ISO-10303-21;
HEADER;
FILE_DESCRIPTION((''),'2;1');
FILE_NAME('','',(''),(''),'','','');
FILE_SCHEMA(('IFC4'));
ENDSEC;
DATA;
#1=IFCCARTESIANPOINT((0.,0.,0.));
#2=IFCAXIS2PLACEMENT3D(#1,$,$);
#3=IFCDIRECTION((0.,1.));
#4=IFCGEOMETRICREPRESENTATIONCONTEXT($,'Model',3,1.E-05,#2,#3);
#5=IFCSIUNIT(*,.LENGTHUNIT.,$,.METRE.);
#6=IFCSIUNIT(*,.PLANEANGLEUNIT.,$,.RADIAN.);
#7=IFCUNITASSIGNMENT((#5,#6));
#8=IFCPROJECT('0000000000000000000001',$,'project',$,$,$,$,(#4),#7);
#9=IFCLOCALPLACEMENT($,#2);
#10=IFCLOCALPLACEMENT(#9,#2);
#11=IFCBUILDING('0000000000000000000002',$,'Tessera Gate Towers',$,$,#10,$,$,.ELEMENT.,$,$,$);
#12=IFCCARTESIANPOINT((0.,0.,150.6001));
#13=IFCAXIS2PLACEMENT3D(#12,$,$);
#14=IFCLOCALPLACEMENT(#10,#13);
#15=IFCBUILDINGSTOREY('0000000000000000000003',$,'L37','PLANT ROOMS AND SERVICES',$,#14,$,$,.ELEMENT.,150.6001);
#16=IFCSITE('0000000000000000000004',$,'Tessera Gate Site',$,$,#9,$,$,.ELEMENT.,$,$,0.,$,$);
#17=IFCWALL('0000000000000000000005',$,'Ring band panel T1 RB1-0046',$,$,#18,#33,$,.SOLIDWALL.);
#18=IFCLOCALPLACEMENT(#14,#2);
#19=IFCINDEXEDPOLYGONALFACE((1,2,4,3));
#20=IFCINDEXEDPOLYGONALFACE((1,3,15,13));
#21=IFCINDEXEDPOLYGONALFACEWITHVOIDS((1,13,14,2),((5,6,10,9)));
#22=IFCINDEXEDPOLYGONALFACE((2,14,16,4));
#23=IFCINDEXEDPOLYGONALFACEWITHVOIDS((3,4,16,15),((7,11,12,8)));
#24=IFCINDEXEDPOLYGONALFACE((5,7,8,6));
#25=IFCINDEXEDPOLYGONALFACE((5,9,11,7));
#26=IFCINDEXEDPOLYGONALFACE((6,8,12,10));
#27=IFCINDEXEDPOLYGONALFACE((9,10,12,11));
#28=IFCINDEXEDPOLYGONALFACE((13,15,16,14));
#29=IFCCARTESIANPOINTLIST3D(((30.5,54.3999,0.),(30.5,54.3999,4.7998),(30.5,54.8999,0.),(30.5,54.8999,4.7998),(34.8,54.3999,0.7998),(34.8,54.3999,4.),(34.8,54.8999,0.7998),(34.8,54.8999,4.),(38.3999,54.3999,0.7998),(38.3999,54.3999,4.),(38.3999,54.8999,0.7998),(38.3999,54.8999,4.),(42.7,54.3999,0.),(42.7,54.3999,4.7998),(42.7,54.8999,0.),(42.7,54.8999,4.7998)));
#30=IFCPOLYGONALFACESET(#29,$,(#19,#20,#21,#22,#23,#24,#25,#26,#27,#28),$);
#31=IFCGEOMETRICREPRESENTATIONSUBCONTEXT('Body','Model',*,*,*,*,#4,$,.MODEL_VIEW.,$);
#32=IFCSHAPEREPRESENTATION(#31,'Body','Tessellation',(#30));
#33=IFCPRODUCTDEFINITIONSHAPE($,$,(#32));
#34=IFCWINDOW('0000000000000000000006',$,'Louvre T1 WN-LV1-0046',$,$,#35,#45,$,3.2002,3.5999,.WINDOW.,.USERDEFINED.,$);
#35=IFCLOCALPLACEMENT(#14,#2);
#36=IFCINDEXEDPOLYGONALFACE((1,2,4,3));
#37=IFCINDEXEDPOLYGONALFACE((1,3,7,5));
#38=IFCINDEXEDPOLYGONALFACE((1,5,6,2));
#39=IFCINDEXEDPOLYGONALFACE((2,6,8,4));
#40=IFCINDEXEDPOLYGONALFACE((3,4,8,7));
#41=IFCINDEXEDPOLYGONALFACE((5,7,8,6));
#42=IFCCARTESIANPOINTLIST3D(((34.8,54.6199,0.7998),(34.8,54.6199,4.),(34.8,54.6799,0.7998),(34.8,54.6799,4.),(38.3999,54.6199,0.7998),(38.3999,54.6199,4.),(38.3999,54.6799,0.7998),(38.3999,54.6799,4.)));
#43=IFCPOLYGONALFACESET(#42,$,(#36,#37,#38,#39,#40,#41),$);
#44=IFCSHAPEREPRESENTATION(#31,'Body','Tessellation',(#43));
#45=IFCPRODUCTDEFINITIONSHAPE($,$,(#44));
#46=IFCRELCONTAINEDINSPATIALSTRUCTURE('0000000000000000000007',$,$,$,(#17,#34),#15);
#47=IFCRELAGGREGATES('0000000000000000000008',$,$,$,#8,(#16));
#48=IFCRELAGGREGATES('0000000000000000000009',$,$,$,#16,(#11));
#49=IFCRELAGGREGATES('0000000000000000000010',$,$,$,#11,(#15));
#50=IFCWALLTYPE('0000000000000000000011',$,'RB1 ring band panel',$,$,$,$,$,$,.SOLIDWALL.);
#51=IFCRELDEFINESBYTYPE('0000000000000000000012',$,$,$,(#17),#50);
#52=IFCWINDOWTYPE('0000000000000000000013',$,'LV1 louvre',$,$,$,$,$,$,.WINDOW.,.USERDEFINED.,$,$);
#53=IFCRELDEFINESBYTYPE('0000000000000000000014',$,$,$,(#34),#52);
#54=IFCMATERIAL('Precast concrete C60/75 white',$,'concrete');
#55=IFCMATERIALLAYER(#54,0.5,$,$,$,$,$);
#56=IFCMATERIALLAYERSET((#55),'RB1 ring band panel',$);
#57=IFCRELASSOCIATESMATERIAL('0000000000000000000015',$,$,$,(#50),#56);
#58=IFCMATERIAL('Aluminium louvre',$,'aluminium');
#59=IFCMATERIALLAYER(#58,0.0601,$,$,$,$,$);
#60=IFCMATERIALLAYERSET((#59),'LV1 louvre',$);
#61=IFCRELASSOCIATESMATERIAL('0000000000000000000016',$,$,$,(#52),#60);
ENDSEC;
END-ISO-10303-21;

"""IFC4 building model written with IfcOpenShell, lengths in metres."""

from ifc_helpers import new_model, si_unit, direction, frame, origin, place, context, subcontext, project, spatial, polyline, outline, extrude, source, transform, mapped, material, layer, layer_set, type_object, element, fill, save


model = new_model("IFC4")

# Units and contexts
model_context = context("Model", 3, precision=1e-05, world=origin(), true_north=direction((0.0, 1.0)))
body_context = subcontext(model_context, "Body", "Model", "MODEL_VIEW")
ifc_project = project(units=[si_unit("LENGTHUNIT", "METRE"), si_unit("PLANEANGLEUNIT", "RADIAN")], contexts=[model_context])

# Site, building, storey
site_placement = place(None, origin())
site = spatial("IfcSite", under=ifc_project, at=site_placement, Name="Tessera Gate Site", CompositionType="ELEMENT", RefElevation=0.0)
building_placement = place(site_placement, origin())
building = spatial("IfcBuilding", under=site, at=building_placement, Name="Tessera Gate Towers", CompositionType="ELEMENT")
storey_placement = place(building_placement, frame((0.0, 0.0, 150.6001)))
storey = spatial("IfcBuildingStorey", under=building, at=storey_placement, Name="L37", Description="PLANT ROOMS AND SERVICES", CompositionType="ELEMENT", Elevation=150.6001)

# Wall, opening, window
ifc_material_1 = material(Name="Precast concrete C60/75 white", Category="concrete")
ifc_layer_1 = layer(ifc_material_1, 0.5)
ifc_layer_set_1 = layer_set([ifc_layer_1], Name="RB1 ring band panel")
wall_type_1 = type_object("IfcWallType", Name="RB1 ring band panel", PredefinedType="SOLIDWALL", material=ifc_layer_set_1)
shared_shape_1 = source(origin(), body_context, "Body", "SweptSolid", [
    extrude(outline(polyline([(0.0, 0.0), (12.2, 0.0), (12.2, 4.7998), (0.0, 4.7998), (0.0, 0.0)])), frame((0.0, 0.25, 0.0), z_axis=(0.0, -1.0, 0.0), x_axis=(1.0, 0.0, 0.0)), (0.0, 0.0, 1.0), 0.5),
])
wall_1_placement = place(storey_placement, frame((42.7, 54.6499, 0.0), z_axis=(0.0, 0.0, 1.0), x_axis=(-1.0, 0.0, 0.0)))
wall_1 = element("IfcWall", 1, at=wall_1_placement, inside=storey, type_object=wall_type_1, Name="Ring band panel T1 RB1-0046", PredefinedType="SOLIDWALL", context=body_context, shape_type="MappedRepresentation", body=[
    mapped(shared_shape_1, transform((0.0, 0.0, 0.0), scale=1.0)),
])
shared_shape_2 = source(origin(), body_context, "Body", "SweptSolid", [
    extrude(outline(polyline([(4.3, 0.7998), (7.8999, 0.7998), (7.8999, 4.0), (4.3, 4.0), (4.3, 0.7998)])), frame((0.0, 0.26, 0.0), z_axis=(0.0, -1.0, 0.0), x_axis=(1.0, 0.0, 0.0)), (0.0, 0.0, 1.0), 0.52),
])
opening_1_placement = place(wall_1_placement, origin())
opening_1 = element("IfcOpeningElement", 2, at=opening_1_placement, cuts=wall_1, PredefinedType="OPENING", context=body_context, shape_type="MappedRepresentation", body=[
    mapped(shared_shape_2, transform((0.0, 0.0, 0.0), scale=1.0)),
])
ifc_material_2 = material(Name="Aluminium louvre", Category="aluminium")
ifc_layer_2 = layer(ifc_material_2, 0.0601)
ifc_layer_set_2 = layer_set([ifc_layer_2], Name="LV1 louvre")
window_type = type_object("IfcWindowType", Name="LV1 louvre", PartitioningType="USERDEFINED", PredefinedType="WINDOW", material=ifc_layer_set_2)
shared_shape_3 = source(origin(), body_context, "Body", "SweptSolid", [
    extrude(outline(polyline([(4.3, 0.7998), (7.8999, 0.7998), (7.8999, 4.0), (4.3, 4.0), (4.3, 0.7998)])), frame((0.0, 0.03, 0.0), z_axis=(0.0, -1.0, 0.0), x_axis=(1.0, 0.0, 0.0)), (0.0, 0.0, 1.0), 0.0601),
])
window_placement = place(opening_1_placement, origin())
window = element("IfcWindow", 3, at=window_placement, inside=storey, type_object=window_type, Name="Louvre T1 WN-LV1-0046", OverallHeight=3.2002, OverallWidth=3.5999, PartitioningType="USERDEFINED", PredefinedType="WINDOW", context=body_context, shape_type="MappedRepresentation", body=[
    mapped(shared_shape_3, transform((0.0, 0.0, 0.0), scale=1.0)),
])
fill(opening_1, window)

save(model, "model.ifc")
